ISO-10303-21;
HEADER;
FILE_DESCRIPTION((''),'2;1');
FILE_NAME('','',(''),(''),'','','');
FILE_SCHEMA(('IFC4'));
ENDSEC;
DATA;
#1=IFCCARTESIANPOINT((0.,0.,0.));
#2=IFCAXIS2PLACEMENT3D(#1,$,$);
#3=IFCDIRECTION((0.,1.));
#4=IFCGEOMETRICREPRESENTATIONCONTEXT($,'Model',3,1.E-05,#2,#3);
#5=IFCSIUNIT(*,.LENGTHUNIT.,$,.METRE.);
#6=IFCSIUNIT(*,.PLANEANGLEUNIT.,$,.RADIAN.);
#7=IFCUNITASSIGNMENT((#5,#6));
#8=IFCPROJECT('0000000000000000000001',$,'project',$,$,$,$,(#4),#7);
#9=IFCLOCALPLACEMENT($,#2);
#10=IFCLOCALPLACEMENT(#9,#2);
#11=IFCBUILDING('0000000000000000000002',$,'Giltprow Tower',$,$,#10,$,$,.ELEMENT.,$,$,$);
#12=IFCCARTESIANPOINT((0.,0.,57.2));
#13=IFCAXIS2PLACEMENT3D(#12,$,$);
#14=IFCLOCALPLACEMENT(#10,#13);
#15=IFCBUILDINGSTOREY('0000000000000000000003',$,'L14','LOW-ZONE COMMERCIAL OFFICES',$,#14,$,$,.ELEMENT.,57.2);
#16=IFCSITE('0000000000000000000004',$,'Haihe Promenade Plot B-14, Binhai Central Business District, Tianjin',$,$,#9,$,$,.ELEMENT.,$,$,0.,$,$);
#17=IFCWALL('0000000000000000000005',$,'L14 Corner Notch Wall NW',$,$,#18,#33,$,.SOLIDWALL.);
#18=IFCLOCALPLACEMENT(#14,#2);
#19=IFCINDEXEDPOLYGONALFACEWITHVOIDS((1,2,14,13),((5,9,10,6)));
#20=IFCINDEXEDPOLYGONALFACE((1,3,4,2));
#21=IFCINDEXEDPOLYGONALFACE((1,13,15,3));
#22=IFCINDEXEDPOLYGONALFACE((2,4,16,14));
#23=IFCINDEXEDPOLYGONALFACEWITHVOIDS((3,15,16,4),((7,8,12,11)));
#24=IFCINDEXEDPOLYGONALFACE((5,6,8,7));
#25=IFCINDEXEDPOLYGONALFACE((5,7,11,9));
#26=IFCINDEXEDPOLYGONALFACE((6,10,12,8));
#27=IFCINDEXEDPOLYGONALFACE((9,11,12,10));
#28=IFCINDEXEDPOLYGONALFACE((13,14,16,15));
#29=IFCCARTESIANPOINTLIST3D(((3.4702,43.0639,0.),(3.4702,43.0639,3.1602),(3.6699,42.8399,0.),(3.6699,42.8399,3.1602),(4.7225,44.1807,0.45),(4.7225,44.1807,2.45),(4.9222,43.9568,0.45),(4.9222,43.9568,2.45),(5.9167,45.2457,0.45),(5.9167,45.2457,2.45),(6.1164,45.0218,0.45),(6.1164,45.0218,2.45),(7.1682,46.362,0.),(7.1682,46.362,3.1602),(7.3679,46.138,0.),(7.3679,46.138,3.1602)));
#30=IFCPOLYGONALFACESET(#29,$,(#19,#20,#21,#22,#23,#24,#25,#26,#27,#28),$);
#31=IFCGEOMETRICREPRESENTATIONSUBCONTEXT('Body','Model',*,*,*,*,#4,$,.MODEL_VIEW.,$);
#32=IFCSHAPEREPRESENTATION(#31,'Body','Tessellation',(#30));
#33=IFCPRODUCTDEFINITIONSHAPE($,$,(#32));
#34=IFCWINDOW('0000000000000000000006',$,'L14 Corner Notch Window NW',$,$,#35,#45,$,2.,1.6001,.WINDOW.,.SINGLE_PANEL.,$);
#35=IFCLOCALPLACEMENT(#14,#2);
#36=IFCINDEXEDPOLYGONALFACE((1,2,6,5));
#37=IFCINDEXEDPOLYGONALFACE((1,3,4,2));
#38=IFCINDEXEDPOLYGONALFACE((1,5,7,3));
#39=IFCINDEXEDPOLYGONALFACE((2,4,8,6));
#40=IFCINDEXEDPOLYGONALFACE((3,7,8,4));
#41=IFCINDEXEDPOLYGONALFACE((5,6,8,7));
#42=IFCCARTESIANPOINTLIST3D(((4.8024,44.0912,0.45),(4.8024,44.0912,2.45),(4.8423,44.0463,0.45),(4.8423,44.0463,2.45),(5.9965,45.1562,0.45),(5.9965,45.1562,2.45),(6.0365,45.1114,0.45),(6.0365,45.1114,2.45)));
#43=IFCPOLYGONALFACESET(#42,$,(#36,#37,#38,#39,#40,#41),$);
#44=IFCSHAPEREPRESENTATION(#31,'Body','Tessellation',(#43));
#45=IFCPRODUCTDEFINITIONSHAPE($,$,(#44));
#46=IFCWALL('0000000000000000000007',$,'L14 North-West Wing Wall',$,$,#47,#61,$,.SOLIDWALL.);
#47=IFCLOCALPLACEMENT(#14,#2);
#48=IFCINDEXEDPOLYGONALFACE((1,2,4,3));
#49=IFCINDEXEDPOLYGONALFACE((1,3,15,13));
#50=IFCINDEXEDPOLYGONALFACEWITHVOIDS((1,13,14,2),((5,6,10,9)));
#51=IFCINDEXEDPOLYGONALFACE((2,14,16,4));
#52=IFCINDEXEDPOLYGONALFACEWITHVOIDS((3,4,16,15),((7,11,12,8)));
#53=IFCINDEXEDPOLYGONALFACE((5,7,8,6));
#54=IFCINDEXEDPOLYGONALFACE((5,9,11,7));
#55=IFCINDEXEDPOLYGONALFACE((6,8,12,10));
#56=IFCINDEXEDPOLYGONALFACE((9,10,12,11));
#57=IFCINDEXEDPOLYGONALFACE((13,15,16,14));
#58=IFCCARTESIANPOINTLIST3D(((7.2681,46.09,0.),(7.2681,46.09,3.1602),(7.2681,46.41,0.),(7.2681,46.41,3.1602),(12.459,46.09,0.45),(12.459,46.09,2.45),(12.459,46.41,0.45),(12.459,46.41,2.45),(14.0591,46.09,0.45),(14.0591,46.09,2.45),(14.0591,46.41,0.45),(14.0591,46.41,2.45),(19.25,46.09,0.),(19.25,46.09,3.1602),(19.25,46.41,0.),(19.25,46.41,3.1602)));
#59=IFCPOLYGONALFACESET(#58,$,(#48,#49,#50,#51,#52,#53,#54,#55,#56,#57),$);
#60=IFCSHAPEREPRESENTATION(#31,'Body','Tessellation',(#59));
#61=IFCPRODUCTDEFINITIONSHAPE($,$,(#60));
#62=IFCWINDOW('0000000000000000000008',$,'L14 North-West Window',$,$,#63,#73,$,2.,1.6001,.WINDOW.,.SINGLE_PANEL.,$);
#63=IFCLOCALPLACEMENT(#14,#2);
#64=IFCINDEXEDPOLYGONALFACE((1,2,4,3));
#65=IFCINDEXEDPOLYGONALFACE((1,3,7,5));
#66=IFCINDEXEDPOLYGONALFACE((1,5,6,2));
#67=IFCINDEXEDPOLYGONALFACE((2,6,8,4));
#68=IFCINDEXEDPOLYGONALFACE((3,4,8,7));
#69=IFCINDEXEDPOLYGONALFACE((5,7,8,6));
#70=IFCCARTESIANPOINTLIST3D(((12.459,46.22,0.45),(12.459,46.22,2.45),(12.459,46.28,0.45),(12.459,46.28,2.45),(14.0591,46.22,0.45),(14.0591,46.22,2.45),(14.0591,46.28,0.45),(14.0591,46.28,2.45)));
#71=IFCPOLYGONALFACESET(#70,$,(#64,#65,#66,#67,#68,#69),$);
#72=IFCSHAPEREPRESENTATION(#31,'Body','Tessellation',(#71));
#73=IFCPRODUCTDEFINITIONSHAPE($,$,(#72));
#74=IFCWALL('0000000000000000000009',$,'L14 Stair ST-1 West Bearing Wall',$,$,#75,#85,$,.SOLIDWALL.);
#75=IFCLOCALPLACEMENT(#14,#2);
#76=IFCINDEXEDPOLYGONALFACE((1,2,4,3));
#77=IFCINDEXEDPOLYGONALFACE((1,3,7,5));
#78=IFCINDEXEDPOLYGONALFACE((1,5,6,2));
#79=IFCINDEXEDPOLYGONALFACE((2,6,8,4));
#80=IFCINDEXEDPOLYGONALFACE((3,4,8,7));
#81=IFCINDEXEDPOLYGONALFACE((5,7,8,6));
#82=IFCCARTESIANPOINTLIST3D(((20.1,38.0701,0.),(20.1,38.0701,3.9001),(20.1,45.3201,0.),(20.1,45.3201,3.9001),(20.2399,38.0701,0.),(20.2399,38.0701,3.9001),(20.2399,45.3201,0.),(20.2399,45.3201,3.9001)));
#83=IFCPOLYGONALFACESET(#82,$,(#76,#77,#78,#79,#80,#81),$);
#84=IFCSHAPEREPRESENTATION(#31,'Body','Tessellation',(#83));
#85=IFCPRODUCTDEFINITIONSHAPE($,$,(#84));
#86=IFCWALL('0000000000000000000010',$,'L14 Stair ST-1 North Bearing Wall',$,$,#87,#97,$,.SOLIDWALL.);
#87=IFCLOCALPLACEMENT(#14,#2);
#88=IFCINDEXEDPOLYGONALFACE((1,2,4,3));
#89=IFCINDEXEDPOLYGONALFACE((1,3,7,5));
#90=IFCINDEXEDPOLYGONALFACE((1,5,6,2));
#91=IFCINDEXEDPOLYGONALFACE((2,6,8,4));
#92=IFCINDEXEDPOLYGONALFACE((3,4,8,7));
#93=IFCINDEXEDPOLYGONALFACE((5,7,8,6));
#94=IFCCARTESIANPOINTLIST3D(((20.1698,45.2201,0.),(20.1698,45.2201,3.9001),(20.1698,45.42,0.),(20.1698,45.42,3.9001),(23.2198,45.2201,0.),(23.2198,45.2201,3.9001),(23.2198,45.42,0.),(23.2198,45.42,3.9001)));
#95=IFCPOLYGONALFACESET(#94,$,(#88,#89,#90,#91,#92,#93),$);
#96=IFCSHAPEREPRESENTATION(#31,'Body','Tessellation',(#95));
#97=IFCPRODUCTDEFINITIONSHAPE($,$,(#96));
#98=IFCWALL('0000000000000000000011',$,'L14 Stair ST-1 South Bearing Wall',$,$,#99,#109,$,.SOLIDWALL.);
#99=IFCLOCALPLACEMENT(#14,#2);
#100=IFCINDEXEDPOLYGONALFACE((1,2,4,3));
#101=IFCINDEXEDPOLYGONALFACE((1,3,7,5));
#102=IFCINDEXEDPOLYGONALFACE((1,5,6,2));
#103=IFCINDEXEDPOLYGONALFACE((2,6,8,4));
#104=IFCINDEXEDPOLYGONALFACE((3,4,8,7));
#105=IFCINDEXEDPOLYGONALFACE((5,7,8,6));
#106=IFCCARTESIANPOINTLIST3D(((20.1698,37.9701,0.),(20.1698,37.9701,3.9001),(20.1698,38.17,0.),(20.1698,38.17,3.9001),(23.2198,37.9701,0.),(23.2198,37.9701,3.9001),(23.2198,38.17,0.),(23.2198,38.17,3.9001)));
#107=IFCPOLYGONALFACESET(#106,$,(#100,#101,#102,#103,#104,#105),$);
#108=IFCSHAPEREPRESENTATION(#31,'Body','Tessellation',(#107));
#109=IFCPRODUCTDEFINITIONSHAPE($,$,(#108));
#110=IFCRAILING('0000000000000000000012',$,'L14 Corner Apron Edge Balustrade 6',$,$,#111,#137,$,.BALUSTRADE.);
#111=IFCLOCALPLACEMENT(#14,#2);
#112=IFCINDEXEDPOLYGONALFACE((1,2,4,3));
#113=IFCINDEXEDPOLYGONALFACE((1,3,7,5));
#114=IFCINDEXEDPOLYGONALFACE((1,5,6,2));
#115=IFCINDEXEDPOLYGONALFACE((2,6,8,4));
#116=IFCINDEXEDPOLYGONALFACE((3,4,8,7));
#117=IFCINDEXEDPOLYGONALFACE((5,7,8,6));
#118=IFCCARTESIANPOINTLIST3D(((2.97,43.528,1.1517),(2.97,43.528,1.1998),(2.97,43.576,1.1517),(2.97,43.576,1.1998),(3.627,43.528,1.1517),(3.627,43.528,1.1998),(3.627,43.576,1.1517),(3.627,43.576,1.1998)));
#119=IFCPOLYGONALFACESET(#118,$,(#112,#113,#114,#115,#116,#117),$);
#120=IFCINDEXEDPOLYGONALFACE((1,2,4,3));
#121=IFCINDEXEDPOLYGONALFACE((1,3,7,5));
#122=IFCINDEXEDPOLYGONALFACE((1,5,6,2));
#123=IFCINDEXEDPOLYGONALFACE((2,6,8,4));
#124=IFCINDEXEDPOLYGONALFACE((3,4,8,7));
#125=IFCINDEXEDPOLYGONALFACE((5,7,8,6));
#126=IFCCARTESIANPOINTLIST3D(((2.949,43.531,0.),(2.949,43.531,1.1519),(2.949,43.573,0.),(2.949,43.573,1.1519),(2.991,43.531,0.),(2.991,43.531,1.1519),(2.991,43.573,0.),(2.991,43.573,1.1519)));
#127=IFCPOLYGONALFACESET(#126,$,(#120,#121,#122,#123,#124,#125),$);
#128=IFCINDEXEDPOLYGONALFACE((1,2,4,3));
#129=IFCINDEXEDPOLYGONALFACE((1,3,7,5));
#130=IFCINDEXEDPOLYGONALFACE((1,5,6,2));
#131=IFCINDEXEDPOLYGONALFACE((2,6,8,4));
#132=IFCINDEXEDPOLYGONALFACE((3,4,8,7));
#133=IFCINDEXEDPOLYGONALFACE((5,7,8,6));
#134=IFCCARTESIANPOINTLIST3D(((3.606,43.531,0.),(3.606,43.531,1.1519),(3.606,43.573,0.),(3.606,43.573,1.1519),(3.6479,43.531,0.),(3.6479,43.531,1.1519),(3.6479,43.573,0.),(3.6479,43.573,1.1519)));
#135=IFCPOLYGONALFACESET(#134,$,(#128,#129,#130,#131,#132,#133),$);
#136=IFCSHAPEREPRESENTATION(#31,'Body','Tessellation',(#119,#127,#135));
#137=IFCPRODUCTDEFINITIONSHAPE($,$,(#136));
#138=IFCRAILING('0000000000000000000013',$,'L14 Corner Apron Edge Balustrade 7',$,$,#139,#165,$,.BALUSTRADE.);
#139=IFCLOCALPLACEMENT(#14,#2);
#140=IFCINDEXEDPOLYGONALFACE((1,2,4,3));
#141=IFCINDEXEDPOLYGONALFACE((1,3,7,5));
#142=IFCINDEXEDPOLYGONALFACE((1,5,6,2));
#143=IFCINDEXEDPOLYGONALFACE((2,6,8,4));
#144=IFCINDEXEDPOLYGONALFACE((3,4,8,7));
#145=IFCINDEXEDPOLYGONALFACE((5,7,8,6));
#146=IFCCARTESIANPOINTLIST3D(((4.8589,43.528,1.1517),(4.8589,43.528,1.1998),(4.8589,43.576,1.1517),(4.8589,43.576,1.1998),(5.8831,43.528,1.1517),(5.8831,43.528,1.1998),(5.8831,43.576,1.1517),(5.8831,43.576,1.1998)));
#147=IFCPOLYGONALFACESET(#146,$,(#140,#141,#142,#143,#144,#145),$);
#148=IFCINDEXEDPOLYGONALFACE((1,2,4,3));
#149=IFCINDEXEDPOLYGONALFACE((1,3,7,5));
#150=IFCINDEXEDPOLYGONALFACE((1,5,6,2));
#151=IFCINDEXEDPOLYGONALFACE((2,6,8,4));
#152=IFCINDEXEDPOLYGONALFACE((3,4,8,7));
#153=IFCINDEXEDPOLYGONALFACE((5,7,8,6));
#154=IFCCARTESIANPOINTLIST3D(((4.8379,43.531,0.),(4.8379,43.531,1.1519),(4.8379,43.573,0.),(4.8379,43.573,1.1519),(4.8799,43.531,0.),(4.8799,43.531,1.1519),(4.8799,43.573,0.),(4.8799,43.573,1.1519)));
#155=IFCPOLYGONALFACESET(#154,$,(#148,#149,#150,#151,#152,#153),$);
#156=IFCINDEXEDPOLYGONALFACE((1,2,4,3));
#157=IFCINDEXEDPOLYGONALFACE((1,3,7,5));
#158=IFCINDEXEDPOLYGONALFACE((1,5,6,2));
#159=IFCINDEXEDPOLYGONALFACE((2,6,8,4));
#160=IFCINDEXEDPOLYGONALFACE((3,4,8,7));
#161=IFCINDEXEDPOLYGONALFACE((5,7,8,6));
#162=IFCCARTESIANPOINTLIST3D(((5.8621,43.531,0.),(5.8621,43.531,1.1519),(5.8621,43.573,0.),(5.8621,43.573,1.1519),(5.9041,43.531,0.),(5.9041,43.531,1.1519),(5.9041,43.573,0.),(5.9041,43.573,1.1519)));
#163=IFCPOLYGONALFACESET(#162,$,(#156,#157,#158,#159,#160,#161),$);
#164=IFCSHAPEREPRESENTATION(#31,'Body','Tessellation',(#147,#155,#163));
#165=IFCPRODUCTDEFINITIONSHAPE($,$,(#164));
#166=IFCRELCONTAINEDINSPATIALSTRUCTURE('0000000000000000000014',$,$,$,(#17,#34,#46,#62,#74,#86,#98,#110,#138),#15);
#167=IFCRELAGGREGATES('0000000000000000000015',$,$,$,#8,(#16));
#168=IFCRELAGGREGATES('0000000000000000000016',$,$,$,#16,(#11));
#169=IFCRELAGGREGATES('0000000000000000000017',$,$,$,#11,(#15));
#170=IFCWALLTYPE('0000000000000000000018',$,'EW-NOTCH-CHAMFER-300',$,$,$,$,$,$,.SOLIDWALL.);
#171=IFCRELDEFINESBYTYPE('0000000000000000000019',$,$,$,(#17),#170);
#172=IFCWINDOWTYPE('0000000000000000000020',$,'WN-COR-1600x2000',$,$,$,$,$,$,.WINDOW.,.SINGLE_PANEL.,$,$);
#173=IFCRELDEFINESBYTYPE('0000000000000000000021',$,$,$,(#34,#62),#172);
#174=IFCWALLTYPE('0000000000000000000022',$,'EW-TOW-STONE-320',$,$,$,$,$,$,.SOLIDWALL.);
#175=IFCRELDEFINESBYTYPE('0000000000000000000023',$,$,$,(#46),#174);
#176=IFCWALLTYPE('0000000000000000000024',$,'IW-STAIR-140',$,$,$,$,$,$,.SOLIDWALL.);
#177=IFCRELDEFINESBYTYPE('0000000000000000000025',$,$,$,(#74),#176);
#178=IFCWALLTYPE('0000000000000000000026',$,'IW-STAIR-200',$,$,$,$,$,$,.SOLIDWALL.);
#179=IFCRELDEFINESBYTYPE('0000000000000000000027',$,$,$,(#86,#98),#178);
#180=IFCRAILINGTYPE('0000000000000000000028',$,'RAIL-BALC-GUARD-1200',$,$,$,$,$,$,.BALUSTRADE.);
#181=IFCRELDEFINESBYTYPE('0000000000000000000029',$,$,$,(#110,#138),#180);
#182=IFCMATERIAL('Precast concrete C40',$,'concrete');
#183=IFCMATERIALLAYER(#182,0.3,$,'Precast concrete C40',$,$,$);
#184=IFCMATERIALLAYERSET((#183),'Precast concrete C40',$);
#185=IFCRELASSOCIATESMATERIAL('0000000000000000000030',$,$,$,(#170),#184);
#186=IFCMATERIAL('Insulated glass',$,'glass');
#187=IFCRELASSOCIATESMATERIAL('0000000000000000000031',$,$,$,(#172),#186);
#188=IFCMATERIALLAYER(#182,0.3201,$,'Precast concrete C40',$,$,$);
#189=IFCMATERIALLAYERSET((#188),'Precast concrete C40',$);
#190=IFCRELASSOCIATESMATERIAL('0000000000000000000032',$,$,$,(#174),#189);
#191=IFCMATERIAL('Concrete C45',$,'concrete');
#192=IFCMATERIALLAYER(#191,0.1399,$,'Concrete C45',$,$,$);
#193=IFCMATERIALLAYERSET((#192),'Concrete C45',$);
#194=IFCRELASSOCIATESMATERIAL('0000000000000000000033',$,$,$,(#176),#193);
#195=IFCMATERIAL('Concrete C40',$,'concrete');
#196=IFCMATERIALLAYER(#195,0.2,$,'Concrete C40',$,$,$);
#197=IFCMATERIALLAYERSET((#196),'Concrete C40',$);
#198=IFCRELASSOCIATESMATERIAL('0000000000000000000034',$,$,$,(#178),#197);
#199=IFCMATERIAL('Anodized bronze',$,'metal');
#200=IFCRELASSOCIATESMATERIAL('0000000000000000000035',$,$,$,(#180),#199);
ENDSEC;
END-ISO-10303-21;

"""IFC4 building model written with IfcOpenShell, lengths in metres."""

from ifc_helpers import new_model, si_unit, direction, frame, frame_2d, origin, origin_2d, place, context, subcontext, project, spatial, rectangle, extrude, source, transform, mapped, material, layer, layer_set, type_object, element, fill, save


model = new_model("IFC4")

# Units and contexts
model_context = context("Model", 3, precision=1e-05, world=origin(), true_north=direction((0.0, 1.0)))
body_context = subcontext(model_context, "Body", "Model", "MODEL_VIEW")
ifc_project = project(units=[si_unit("LENGTHUNIT", "METRE"), si_unit("PLANEANGLEUNIT", "RADIAN")], contexts=[model_context])

# Site, building, storey
site_placement = place(None, origin())
site = spatial("IfcSite", under=ifc_project, at=site_placement, Name="Haihe Promenade Plot B-14, Binhai Central Business District, Tianjin", CompositionType="ELEMENT", RefElevation=0.0)
building_placement = place(site_placement, origin())
building = spatial("IfcBuilding", under=site, at=building_placement, Name="Giltprow Tower", CompositionType="ELEMENT")
storey_placement = place(building_placement, frame((0.0, 0.0, 57.2)))
storey = spatial("IfcBuildingStorey", under=building, at=storey_placement, Name="L14", Description="LOW-ZONE COMMERCIAL OFFICES", CompositionType="ELEMENT", Elevation=57.2)

# Walls, openings, windows
ifc_material_1 = material(Name="Precast concrete C40", Category="concrete")
ifc_layer_1 = layer(ifc_material_1, 0.3, Name="Precast concrete C40")
ifc_layer_set_1 = layer_set([ifc_layer_1], Name="Precast concrete C40")
wall_type_1 = type_object("IfcWallType", Name="EW-NOTCH-CHAMFER-300", PredefinedType="SOLIDWALL", material=ifc_layer_set_1)
wall_1_placement = place(storey_placement, frame((7.2681, 46.25, 0.0), z_axis=(0.0, 0.0, 1.0), x_axis=(-0.746307, -0.665601, 0.0)))
wall_1 = element("IfcWall", 1, at=wall_1_placement, inside=storey, type_object=wall_type_1, Name="L14 Corner Notch Wall NW", PredefinedType="SOLIDWALL", context=body_context, shape_type="SweptSolid", body=[
    extrude(rectangle(XDim=4.9551, YDim=0.3, at=frame_2d((2.4775, 0.0))), origin(), (0.0, 0.0, 1.0), 3.1602),
])
opening_1_placement = place(wall_1_placement, frame((1.677, 0.0, 0.45)))
opening_1 = element("IfcOpeningElement", 2, at=opening_1_placement, cuts=wall_1, PredefinedType="OPENING", context=body_context, shape_type="SweptSolid", body=[
    extrude(rectangle(XDim=1.6001, YDim=2.0, at=frame_2d((0.8, 1.0))), frame((0.0, 0.1599, 0.0), z_axis=(0.0, -1.0, 0.0), x_axis=(1.0, 0.0, 0.0)), (0.0, 0.0, 1.0), 0.3201),
])
ifc_material_2 = material(Name="Insulated glass", Category="glass")
window_type = type_object("IfcWindowType", Name="WN-COR-1600x2000", PartitioningType="SINGLE_PANEL", PredefinedType="WINDOW", material=ifc_material_2)
shared_shape_1 = source(origin(), body_context, "Body", "SweptSolid", [
    extrude(rectangle(XDim=1.6001, YDim=2.0, at=frame_2d((0.8, 1.0))), frame((0.0, 0.03, 0.0), z_axis=(0.0, -1.0, 0.0), x_axis=(1.0, 0.0, 0.0)), (0.0, 0.0, 1.0), 0.0601),
])
window_1_placement = place(opening_1_placement, origin())
window_1 = element("IfcWindow", 3, at=window_1_placement, inside=storey, type_object=window_type, Name="L14 Corner Notch Window NW", OverallHeight=2.0, OverallWidth=1.6001, PartitioningType="SINGLE_PANEL", PredefinedType="WINDOW", context=body_context, shape_type="MappedRepresentation", body=[
    mapped(shared_shape_1, transform((0.0, 0.0, 0.0), x_axis=(1.0, 0.0, 0.0), y_axis=(0.0, 1.0, 0.0), z_axis=(0.0, 0.0, 1.0), scale=1.0)),
])
fill(opening_1, window_1)
ifc_layer_2 = layer(ifc_material_1, 0.3201, Name="Precast concrete C40")
ifc_layer_set_2 = layer_set([ifc_layer_2], Name="Precast concrete C40")
wall_type_2 = type_object("IfcWallType", Name="EW-TOW-STONE-320", PredefinedType="SOLIDWALL", material=ifc_layer_set_2)
wall_2_placement = place(storey_placement, frame((7.2681, 46.25, 0.0), z_axis=(0.0, 0.0, 1.0), x_axis=(1.0, 0.0, 0.0)))
wall_2 = element("IfcWall", 4, at=wall_2_placement, inside=storey, type_object=wall_type_2, Name="L14 North-West Wing Wall", PredefinedType="SOLIDWALL", context=body_context, shape_type="SweptSolid", body=[
    extrude(rectangle(XDim=11.9819, YDim=0.3201, at=frame_2d((5.991, 0.0))), origin(), (0.0, 0.0, 1.0), 3.1602),
])
opening_2_placement = place(wall_2_placement, frame((5.1909, 0.0, 0.45)))
opening_2 = element("IfcOpeningElement", 5, at=opening_2_placement, cuts=wall_2, PredefinedType="OPENING", context=body_context, shape_type="SweptSolid", body=[
    extrude(rectangle(XDim=1.6001, YDim=2.0, at=frame_2d((0.8, 1.0))), frame((0.0, 0.1699, 0.0), z_axis=(0.0, -1.0, 0.0), x_axis=(1.0, 0.0, 0.0)), (0.0, 0.0, 1.0), 0.3401),
])
window_2_placement = place(opening_2_placement, origin())
window_2 = element("IfcWindow", 6, at=window_2_placement, inside=storey, type_object=window_type, Name="L14 North-West Window", OverallHeight=2.0, OverallWidth=1.6001, PartitioningType="SINGLE_PANEL", PredefinedType="WINDOW", context=body_context, shape_type="MappedRepresentation", body=[
    mapped(shared_shape_1, transform((0.0, 0.0, 0.0), x_axis=(1.0, 0.0, 0.0), y_axis=(0.0, 1.0, 0.0), z_axis=(0.0, 0.0, 1.0), scale=1.0)),
])
fill(opening_2, window_2)

# Walls
ifc_material_3 = material(Name="Concrete C45", Category="concrete")
ifc_layer_3 = layer(ifc_material_3, 0.1399, Name="Concrete C45")
ifc_layer_set_3 = layer_set([ifc_layer_3], Name="Concrete C45")
wall_type_3 = type_object("IfcWallType", Name="IW-STAIR-140", PredefinedType="SOLIDWALL", material=ifc_layer_set_3)
wall_3_placement = place(storey_placement, frame((20.1699, 38.0701, 0.0), z_axis=(0.0, 0.0, 1.0), x_axis=(0.0, 1.0, 0.0)))
element("IfcWall", 7, at=wall_3_placement, inside=storey, type_object=wall_type_3, Name="L14 Stair ST-1 West Bearing Wall", PredefinedType="SOLIDWALL", context=body_context, shape_type="SweptSolid", body=[
    extrude(rectangle(XDim=7.25, YDim=0.1399, at=frame_2d((3.625, 0.0))), origin(), (0.0, 0.0, 1.0), 3.9001),
])
ifc_material_4 = material(Name="Concrete C40", Category="concrete")
ifc_layer_4 = layer(ifc_material_4, 0.2, Name="Concrete C40")
ifc_layer_set_4 = layer_set([ifc_layer_4], Name="Concrete C40")
wall_type_4 = type_object("IfcWallType", Name="IW-STAIR-200", PredefinedType="SOLIDWALL", material=ifc_layer_set_4)
for number, where, z_axis, x_axis, name in (
    (8, (20.1699, 45.3201, 0.0), (0.0, 0.0, 1.0), (1.0, 0.0, 0.0), "L14 Stair ST-1 North Bearing Wall"),
    (9, (20.1699, 38.0701, 0.0), (0.0, 0.0, 1.0), (1.0, 0.0, 0.0), "L14 Stair ST-1 South Bearing Wall"),
):
    element("IfcWall", number, at=place(storey_placement, frame(where, z_axis=z_axis, x_axis=x_axis)), inside=storey, type_object=wall_type_4, Name=name, PredefinedType="SOLIDWALL", context=body_context, shape_type="SweptSolid", body=[
        extrude(rectangle(XDim=3.05, YDim=0.2, at=frame_2d((1.5249, 0.0))), origin(), (0.0, 0.0, 1.0), 3.9001),
    ])

# Railings
ifc_material_5 = material(Name="Anodized bronze", Category="metal")
railing_type = type_object("IfcRailingType", Name="RAIL-BALC-GUARD-1200", PredefinedType="BALUSTRADE", material=ifc_material_5)
railing_1_placement = place(storey_placement, frame((2.97, 43.552, 0.0)))
element("IfcRailing", 10, at=railing_1_placement, inside=storey, type_object=railing_type, Name="L14 Corner Apron Edge Balustrade 6", PredefinedType="BALUSTRADE", context=body_context, shape_type="SweptSolid", body=[
    extrude(rectangle(XDim=0.0481, YDim=0.0481, at=origin_2d()), frame((0.0, 0.0, 1.1758), z_axis=(1.0, 0.0, 0.0), x_axis=(0.0, 1.0, 0.0)), (0.0, 0.0, 1.0), 0.657),
    extrude(rectangle(XDim=0.042, YDim=0.042, at=origin_2d()), origin(), (0.0, 0.0, 1.0), 1.1519),
    extrude(rectangle(XDim=0.042, YDim=0.042, at=origin_2d()), frame((0.657, 0.0, 0.0)), (0.0, 0.0, 1.0), 1.1519),
])
railing_2_placement = place(storey_placement, frame((4.8589, 43.552, 0.0)))
element("IfcRailing", 11, at=railing_2_placement, inside=storey, type_object=railing_type, Name="L14 Corner Apron Edge Balustrade 7", PredefinedType="BALUSTRADE", context=body_context, shape_type="SweptSolid", body=[
    extrude(rectangle(XDim=0.0481, YDim=0.0481, at=origin_2d()), frame((0.0, 0.0, 1.1758), z_axis=(1.0, 0.0, 0.0), x_axis=(0.0, 1.0, 0.0)), (0.0, 0.0, 1.0), 1.0242),
    extrude(rectangle(XDim=0.042, YDim=0.042, at=origin_2d()), origin(), (0.0, 0.0, 1.0), 1.1519),
    extrude(rectangle(XDim=0.042, YDim=0.042, at=origin_2d()), frame((1.0242, 0.0, 0.0)), (0.0, 0.0, 1.0), 1.1519),
])

save(model, "model.ifc")
